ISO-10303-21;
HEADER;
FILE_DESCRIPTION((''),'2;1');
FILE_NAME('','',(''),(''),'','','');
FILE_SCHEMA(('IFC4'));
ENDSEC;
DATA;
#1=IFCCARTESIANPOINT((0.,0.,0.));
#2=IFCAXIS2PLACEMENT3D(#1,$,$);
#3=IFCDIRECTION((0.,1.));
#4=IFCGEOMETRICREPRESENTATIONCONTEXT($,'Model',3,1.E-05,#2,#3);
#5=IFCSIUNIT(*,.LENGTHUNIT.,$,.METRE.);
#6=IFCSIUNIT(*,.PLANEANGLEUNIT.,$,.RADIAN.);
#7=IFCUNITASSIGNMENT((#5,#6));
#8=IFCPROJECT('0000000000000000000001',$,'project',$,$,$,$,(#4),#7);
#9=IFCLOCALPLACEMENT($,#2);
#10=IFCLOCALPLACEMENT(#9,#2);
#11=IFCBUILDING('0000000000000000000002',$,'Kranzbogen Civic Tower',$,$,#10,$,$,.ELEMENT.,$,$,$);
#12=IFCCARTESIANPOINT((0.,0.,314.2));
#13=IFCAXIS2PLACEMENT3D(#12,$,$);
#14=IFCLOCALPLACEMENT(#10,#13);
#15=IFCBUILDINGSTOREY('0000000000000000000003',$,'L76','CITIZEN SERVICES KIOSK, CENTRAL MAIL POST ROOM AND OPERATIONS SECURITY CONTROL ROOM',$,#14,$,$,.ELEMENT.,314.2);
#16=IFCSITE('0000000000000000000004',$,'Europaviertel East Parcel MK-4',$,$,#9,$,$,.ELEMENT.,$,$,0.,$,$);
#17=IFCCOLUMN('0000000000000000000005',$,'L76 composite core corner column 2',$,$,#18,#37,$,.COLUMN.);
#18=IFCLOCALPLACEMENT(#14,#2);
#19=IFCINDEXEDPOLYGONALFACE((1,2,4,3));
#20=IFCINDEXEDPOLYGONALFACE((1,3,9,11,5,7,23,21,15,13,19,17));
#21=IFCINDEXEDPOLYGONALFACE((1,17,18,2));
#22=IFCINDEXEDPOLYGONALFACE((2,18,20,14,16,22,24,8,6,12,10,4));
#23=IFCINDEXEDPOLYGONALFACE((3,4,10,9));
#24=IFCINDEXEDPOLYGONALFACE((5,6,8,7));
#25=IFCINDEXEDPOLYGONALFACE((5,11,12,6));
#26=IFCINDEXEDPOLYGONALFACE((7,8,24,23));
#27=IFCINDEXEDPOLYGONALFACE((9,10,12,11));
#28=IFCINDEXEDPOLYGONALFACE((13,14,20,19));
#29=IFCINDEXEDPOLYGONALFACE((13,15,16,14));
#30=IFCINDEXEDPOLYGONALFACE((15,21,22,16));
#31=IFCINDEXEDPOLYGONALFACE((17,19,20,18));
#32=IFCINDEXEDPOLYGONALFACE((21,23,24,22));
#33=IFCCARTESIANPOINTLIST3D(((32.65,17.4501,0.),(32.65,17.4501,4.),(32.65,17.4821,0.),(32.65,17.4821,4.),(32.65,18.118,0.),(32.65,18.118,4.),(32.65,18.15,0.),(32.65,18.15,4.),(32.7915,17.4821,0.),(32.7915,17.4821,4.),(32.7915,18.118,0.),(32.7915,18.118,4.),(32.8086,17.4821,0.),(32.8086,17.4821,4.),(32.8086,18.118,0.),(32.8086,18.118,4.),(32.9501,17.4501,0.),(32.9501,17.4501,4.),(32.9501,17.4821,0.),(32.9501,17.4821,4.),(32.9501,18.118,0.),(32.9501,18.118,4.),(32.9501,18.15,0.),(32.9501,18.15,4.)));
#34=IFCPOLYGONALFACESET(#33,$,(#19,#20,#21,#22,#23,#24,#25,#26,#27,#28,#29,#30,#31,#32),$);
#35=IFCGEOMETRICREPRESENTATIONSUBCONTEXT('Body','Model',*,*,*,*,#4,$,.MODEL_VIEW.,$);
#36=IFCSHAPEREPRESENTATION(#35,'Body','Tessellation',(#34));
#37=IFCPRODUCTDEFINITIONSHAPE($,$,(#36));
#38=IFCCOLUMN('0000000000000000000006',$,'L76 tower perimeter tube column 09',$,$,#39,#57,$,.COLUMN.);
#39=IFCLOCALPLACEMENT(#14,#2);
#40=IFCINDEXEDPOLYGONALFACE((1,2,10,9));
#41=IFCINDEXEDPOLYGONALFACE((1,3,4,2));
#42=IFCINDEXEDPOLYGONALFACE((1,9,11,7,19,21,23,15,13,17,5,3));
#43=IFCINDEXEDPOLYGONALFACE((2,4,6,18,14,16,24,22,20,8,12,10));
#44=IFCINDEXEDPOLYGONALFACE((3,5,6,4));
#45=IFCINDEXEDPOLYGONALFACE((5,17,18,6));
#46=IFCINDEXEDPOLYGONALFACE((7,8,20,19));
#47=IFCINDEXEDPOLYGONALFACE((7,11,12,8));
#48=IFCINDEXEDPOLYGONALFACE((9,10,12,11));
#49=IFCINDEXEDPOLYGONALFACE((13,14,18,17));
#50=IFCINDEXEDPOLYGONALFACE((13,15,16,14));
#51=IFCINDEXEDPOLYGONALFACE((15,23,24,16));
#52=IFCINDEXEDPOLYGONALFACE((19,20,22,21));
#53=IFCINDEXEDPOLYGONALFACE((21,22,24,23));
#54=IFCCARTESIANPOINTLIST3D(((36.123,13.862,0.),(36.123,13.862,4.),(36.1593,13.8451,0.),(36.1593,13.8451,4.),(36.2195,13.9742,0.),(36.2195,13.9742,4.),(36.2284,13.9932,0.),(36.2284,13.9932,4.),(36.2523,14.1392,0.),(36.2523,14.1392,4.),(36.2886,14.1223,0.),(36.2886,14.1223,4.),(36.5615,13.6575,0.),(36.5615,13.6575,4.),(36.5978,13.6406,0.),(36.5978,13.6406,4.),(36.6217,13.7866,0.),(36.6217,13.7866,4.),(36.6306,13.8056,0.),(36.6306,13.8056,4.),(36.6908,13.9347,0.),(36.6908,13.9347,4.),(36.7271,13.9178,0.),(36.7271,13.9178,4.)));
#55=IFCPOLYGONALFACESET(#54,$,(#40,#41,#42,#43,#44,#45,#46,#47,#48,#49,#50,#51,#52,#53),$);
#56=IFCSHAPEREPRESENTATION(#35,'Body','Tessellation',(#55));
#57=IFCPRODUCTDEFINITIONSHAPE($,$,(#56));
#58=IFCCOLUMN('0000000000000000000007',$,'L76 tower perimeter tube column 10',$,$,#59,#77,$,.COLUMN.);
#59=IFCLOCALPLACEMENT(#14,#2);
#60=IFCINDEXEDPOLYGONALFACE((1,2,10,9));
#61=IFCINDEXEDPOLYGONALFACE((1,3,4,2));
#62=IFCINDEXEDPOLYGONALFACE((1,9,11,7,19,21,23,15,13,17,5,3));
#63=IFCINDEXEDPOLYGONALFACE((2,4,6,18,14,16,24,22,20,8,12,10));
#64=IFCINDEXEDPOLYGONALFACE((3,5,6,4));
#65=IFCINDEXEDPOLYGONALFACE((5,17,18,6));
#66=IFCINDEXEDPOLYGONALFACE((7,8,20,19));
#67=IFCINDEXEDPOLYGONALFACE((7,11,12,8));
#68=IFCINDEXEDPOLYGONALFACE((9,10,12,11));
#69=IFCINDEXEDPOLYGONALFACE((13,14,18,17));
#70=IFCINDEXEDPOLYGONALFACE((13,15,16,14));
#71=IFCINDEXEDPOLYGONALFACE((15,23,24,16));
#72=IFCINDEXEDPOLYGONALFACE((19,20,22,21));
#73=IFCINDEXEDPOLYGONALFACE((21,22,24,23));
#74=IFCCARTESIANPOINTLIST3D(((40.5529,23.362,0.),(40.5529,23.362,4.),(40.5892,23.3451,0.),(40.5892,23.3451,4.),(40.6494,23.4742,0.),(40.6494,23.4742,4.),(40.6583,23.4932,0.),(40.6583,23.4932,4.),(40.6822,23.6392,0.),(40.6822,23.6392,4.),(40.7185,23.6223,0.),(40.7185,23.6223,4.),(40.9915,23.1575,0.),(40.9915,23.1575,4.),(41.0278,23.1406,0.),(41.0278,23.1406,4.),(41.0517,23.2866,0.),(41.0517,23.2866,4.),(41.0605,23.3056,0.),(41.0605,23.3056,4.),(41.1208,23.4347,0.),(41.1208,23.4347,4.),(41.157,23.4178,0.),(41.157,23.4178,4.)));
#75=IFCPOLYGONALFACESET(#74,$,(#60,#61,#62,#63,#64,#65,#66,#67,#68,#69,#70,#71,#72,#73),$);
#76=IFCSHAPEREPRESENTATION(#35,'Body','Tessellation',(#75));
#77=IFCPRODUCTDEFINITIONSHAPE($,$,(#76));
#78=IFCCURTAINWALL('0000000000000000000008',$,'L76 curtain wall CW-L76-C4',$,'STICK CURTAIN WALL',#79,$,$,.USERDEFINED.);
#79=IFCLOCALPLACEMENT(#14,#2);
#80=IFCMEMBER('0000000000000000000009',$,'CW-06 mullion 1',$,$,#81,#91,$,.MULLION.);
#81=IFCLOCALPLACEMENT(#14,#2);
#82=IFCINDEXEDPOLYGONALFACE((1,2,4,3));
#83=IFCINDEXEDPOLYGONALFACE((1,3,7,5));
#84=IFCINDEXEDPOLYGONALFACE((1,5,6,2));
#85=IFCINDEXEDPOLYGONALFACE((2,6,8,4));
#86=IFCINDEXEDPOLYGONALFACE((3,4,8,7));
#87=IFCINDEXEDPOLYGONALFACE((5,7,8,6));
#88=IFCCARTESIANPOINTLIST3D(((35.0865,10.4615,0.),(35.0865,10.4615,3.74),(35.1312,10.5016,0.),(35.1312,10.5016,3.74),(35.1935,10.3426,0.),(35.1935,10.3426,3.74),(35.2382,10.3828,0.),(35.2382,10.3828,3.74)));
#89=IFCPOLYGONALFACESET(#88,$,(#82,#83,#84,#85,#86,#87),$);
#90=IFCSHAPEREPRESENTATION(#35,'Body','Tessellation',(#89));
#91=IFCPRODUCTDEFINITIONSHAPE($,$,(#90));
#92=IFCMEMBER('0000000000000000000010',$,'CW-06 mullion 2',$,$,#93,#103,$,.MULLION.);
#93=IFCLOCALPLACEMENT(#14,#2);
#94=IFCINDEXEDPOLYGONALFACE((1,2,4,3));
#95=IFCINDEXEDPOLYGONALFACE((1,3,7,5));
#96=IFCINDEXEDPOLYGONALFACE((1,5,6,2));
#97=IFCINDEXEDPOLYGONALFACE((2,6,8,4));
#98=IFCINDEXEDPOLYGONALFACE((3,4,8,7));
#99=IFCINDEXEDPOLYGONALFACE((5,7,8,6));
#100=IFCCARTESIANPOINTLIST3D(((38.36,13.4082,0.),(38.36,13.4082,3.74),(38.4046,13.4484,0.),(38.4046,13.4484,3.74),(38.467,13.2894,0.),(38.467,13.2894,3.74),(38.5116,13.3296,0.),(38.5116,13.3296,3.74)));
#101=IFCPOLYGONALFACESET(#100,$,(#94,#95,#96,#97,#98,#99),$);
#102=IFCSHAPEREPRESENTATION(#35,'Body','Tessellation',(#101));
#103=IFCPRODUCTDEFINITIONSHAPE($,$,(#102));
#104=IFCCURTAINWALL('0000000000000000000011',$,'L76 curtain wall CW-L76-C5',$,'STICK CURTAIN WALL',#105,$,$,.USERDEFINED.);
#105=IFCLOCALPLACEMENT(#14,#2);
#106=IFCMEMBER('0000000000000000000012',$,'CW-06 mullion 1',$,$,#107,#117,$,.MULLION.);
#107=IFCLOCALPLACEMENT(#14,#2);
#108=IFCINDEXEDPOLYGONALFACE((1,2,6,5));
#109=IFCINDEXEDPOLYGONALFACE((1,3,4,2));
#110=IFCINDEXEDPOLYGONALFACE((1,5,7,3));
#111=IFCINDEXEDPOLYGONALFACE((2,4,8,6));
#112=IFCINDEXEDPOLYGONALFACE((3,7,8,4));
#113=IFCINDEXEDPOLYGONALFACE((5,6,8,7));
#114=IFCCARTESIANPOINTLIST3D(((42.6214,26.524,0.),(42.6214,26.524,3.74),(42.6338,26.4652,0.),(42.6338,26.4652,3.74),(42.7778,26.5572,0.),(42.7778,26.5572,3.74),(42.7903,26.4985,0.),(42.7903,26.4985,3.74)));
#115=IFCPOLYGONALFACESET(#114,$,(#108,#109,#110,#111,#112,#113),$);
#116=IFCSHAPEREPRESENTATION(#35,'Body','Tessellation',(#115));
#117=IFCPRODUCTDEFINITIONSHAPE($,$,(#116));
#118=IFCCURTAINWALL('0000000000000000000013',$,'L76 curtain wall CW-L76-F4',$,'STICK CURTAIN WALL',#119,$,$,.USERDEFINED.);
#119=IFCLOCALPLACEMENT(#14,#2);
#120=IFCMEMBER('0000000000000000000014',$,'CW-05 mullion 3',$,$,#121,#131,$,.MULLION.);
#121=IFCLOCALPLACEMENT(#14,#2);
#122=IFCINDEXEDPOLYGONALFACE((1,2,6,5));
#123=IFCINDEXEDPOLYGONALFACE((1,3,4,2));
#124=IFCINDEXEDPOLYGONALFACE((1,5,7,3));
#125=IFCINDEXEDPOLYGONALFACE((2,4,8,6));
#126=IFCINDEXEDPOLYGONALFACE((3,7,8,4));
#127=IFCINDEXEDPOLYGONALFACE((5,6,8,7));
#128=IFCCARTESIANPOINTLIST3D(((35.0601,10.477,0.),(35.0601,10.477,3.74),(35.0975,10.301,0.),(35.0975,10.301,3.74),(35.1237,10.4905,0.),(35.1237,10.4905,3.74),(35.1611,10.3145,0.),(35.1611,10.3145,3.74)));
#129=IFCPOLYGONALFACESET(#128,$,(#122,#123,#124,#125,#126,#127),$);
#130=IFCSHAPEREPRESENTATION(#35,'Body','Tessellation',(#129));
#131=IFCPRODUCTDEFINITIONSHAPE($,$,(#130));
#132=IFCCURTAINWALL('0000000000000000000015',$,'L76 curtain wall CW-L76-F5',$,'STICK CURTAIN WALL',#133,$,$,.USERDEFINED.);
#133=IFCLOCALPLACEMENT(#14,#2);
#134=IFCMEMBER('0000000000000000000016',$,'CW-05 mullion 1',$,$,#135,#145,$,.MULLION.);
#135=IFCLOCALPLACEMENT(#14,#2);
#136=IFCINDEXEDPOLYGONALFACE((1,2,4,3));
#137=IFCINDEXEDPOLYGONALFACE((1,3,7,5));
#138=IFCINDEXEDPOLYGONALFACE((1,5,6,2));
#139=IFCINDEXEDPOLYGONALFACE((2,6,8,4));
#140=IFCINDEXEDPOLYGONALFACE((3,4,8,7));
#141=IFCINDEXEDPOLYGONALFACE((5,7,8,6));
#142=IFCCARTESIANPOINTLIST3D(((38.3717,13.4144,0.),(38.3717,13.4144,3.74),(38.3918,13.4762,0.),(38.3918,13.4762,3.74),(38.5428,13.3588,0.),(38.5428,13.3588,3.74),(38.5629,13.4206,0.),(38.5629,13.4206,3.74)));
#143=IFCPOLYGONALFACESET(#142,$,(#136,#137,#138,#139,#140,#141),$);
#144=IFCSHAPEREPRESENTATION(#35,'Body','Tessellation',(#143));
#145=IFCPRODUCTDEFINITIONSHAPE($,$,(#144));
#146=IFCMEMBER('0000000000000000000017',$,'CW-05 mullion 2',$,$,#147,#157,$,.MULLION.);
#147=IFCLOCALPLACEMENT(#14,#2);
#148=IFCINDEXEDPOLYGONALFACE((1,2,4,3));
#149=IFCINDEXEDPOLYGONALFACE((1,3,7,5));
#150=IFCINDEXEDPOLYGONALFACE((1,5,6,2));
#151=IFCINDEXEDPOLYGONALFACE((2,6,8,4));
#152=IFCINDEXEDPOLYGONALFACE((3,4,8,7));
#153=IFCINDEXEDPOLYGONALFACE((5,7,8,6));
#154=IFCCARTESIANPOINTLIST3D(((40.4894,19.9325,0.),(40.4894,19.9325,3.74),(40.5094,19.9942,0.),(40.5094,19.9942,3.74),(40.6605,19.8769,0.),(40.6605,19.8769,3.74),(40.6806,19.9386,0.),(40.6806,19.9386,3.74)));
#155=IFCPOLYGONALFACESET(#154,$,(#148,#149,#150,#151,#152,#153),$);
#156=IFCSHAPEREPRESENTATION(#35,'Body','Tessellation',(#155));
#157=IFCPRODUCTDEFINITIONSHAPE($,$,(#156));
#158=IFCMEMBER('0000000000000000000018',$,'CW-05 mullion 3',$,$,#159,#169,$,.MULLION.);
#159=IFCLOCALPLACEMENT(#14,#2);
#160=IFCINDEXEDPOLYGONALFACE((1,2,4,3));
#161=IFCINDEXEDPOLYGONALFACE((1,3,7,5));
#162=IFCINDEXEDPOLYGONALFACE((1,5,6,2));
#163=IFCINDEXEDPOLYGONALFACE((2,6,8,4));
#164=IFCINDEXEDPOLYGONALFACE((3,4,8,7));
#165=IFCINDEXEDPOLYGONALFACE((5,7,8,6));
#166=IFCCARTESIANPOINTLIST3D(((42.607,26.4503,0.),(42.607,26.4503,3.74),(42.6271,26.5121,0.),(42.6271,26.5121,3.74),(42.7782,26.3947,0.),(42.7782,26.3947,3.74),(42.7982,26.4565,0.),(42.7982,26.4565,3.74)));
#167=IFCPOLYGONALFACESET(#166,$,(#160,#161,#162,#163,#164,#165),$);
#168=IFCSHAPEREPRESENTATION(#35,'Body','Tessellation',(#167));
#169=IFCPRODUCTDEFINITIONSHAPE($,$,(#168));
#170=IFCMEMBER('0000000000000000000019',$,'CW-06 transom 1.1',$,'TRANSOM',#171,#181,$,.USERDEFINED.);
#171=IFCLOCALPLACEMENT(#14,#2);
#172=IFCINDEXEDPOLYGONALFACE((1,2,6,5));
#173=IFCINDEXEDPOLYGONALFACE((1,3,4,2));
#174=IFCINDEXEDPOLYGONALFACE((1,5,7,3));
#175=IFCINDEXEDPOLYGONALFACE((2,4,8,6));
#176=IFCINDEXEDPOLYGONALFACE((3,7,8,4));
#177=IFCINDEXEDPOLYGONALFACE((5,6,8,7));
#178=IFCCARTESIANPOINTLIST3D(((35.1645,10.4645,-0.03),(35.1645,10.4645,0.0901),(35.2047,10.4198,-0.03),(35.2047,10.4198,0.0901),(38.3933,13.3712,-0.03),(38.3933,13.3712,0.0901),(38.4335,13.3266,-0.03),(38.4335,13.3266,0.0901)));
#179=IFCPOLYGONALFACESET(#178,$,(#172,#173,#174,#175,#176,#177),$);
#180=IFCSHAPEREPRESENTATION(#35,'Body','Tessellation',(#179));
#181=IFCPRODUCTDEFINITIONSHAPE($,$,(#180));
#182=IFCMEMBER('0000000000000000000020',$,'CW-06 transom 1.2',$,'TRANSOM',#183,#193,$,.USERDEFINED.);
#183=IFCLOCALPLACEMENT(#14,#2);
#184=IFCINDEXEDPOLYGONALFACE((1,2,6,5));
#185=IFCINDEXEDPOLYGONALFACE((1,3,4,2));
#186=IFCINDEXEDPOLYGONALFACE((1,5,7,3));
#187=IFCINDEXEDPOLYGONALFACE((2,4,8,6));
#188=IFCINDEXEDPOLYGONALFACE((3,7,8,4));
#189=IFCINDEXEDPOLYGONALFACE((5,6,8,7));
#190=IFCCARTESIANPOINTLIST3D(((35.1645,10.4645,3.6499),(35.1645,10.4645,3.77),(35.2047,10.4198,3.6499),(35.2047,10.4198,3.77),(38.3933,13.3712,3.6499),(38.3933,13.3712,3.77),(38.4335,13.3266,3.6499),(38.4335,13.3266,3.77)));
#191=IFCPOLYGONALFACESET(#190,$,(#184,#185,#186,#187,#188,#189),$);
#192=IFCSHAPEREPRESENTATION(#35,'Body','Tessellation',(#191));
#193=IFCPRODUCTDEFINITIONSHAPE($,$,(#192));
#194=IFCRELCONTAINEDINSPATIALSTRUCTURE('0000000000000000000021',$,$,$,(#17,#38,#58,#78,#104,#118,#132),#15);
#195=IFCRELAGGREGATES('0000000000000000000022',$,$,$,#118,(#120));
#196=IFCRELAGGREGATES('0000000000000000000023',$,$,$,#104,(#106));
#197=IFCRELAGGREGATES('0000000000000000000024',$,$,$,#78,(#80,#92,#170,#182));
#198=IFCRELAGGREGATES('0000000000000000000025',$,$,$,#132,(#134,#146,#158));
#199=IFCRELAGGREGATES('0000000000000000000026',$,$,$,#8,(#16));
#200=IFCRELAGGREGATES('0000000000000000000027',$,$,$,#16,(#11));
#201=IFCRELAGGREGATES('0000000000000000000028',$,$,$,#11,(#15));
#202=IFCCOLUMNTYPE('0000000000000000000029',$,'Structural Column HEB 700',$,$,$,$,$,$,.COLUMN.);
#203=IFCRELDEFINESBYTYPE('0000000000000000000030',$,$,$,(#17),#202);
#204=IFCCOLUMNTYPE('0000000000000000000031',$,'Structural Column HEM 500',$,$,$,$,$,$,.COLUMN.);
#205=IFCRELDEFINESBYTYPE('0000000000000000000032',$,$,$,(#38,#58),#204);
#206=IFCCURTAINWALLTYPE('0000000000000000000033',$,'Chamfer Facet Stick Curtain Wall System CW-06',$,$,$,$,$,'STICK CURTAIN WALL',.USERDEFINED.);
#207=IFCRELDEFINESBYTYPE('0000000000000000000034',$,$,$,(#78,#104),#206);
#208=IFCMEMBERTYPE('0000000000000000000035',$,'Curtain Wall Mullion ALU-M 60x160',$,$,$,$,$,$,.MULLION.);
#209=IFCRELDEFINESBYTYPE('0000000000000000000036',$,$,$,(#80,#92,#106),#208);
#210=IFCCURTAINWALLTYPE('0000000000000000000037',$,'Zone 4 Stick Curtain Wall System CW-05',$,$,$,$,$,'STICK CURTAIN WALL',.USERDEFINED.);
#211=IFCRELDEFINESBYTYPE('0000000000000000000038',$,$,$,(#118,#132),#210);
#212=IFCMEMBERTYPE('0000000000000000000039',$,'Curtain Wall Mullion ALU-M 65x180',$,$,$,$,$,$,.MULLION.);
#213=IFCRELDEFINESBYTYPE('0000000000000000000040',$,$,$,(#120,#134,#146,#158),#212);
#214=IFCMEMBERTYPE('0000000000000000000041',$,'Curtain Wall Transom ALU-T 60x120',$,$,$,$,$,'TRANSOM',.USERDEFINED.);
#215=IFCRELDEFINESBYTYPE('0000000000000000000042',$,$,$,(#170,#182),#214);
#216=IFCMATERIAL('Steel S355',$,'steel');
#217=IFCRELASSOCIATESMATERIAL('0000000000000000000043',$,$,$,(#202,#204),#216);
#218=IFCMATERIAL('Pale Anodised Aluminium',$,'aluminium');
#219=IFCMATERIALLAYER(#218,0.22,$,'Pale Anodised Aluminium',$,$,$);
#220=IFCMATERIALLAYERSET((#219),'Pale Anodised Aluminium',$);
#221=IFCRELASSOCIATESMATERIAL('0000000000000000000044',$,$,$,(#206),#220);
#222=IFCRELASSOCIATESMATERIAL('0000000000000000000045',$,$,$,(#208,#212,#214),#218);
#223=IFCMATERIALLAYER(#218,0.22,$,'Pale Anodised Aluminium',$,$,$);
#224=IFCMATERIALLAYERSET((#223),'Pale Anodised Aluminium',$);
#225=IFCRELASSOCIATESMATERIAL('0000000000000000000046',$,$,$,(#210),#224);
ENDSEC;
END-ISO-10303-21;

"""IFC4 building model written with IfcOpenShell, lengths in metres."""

from ifc_helpers import new_model, si_unit, direction, frame, origin, origin_2d, place, context, subcontext, project, spatial, rectangle, i_section, extrude, material, layer, layer_set, material_profile, profile_set, type_object, element, aggregate, save


model = new_model("IFC4")

# Units and contexts
model_context = context("Model", 3, precision=1e-05, world=origin(), true_north=direction((0.0, 1.0)))
body_context = subcontext(model_context, "Body", "Model", "MODEL_VIEW")
ifc_project = project(units=[si_unit("LENGTHUNIT", "METRE"), si_unit("PLANEANGLEUNIT", "RADIAN")], contexts=[model_context])

# Site, building, storey
site_placement = place(None, origin())
site = spatial("IfcSite", under=ifc_project, at=site_placement, Name="Europaviertel East Parcel MK-4", CompositionType="ELEMENT", RefElevation=0.0)
building_placement = place(site_placement, origin())
building = spatial("IfcBuilding", under=site, at=building_placement, Name="Kranzbogen Civic Tower", CompositionType="ELEMENT")
storey_placement = place(building_placement, frame((0.0, 0.0, 314.2)))
storey = spatial("IfcBuildingStorey", under=building, at=storey_placement, Name="L76", Description="CITIZEN SERVICES KIOSK, CENTRAL MAIL POST ROOM AND OPERATIONS SECURITY CONTROL ROOM", CompositionType="ELEMENT", Elevation=314.2)

# Columns
ifc_material_1 = material(Name="Steel S355", Category="steel")
ifc_material_profile_1 = material_profile(ifc_material_1, i_section(OverallWidth=0.3, OverallDepth=0.7, WebThickness=0.0171, FlangeThickness=0.032, at=origin_2d()), Name="HEB 700")
ifc_profile_set_1 = profile_set([ifc_material_profile_1], Name="Steel S355")
column_type_1 = type_object("IfcColumnType", Name="Structural Column HEB 700", PredefinedType="COLUMN", material=ifc_profile_set_1)
column_placement = place(storey_placement, frame((32.8, 17.8, 0.0), z_axis=(0.0, 0.0, 1.0), x_axis=(1.0, 0.0, 0.0)))
element("IfcColumn", 1, at=column_placement, inside=storey, type_object=column_type_1, Name="L76 composite core corner column 2", PredefinedType="COLUMN", context=body_context, shape_type="SweptSolid", body=[
    extrude(i_section(OverallWidth=0.3, OverallDepth=0.7, WebThickness=0.0171, FlangeThickness=0.032, at=origin_2d()), origin(), (0.0, 0.0, 1.0), 4.0),
])
ifc_material_profile_2 = material_profile(ifc_material_1, i_section(OverallWidth=0.3059, OverallDepth=0.5239, WebThickness=0.021, FlangeThickness=0.04, at=origin_2d()), Name="HEM 500")
ifc_profile_set_2 = profile_set([ifc_material_profile_2], Name="Steel S355")
column_type_2 = type_object("IfcColumnType", Name="Structural Column HEM 500", PredefinedType="COLUMN", material=ifc_profile_set_2)
for number, where, z_axis, x_axis, name in (
    (2, (36.425, 13.8899, 0.0), (0.0, 0.0, 1.0), (0.422618, 0.906308, 0.0), "L76 tower perimeter tube column 09"),
    (3, (40.855, 23.3899, 0.0), (0.0, 0.0, 1.0), (0.422618, 0.906308, 0.0), "L76 tower perimeter tube column 10"),
):
    element("IfcColumn", number, at=place(storey_placement, frame(where, z_axis=z_axis, x_axis=x_axis)), inside=storey, type_object=column_type_2, Name=name, PredefinedType="COLUMN", context=body_context, shape_type="SweptSolid", body=[
        extrude(i_section(OverallWidth=0.3059, OverallDepth=0.5239, WebThickness=0.021, FlangeThickness=0.04, at=origin_2d()), origin(), (0.0, 0.0, 1.0), 4.0),
    ])

# Curtain wall, members
ifc_material_2 = material(Name="Pale Anodised Aluminium", Category="aluminium")
ifc_layer_1 = layer(ifc_material_2, 0.22, Name="Pale Anodised Aluminium")
ifc_layer_set_1 = layer_set([ifc_layer_1], Name="Pale Anodised Aluminium")
curtain_wall_type_1 = type_object("IfcCurtainWallType", Name="Chamfer Facet Stick Curtain Wall System CW-06", ElementType="STICK CURTAIN WALL", PredefinedType="USERDEFINED", material=ifc_layer_set_1)
curtain_wall_1_placement = place(storey_placement, origin())
curtain_wall_1 = element("IfcCurtainWall", 4, at=curtain_wall_1_placement, inside=storey, type_object=curtain_wall_type_1, Name="L76 curtain wall CW-L76-C4", ObjectType="STICK CURTAIN WALL", PredefinedType="USERDEFINED")
ifc_material_profile_3 = material_profile(ifc_material_2, rectangle(XDim=0.0601, YDim=0.1599, at=origin_2d()), Name="ALU-M 60x160")
ifc_profile_set_3 = profile_set([ifc_material_profile_3], Name="Pale Anodised Aluminium")
member_type_1 = type_object("IfcMemberType", Name="Curtain Wall Mullion ALU-M 60x160", PredefinedType="MULLION", material=ifc_profile_set_3)
member_1_placement = place(storey_placement, frame((35.1624, 10.4221, 0.0), z_axis=(0.0, 0.0, 1.0), x_axis=(0.743205, 0.669064, 0.0)))
member_1 = element("IfcMember", 5, at=member_1_placement, type_object=member_type_1, Name="CW-06 mullion 1", PredefinedType="MULLION", context=body_context, shape_type="SweptSolid", body=[
    extrude(rectangle(XDim=0.0601, YDim=0.1599, at=origin_2d()), origin(), (0.0, 0.0, 1.0), 3.74),
])
member_2_placement = place(storey_placement, frame((38.4358, 13.3689, 0.0), z_axis=(0.0, 0.0, 1.0), x_axis=(0.743205, 0.669064, 0.0)))
member_2 = element("IfcMember", 6, at=member_2_placement, type_object=member_type_1, Name="CW-06 mullion 2", PredefinedType="MULLION", context=body_context, shape_type="SweptSolid", body=[
    extrude(rectangle(XDim=0.0601, YDim=0.1599, at=origin_2d()), origin(), (0.0, 0.0, 1.0), 3.74),
])

# Curtain walls, members
curtain_wall_2_placement = place(storey_placement, origin())
curtain_wall_2 = element("IfcCurtainWall", 7, at=curtain_wall_2_placement, inside=storey, type_object=curtain_wall_type_1, Name="L76 curtain wall CW-L76-C5", ObjectType="STICK CURTAIN WALL", PredefinedType="USERDEFINED")
member_3_placement = place(storey_placement, frame((42.7058, 26.5112, 0.0), z_axis=(0.0, 0.0, 1.0), x_axis=(-0.207816, 0.978168, 0.0)))
member_3 = element("IfcMember", 8, at=member_3_placement, type_object=member_type_1, Name="CW-06 mullion 1", PredefinedType="MULLION", context=body_context, shape_type="SweptSolid", body=[
    extrude(rectangle(XDim=0.0601, YDim=0.1599, at=origin_2d()), origin(), (0.0, 0.0, 1.0), 3.74),
])
ifc_layer_2 = layer(ifc_material_2, 0.22, Name="Pale Anodised Aluminium")
ifc_layer_set_2 = layer_set([ifc_layer_2], Name="Pale Anodised Aluminium")
curtain_wall_type_2 = type_object("IfcCurtainWallType", Name="Zone 4 Stick Curtain Wall System CW-05", ElementType="STICK CURTAIN WALL", PredefinedType="USERDEFINED", material=ifc_layer_set_2)
curtain_wall_3_placement = place(storey_placement, origin())
curtain_wall_3 = element("IfcCurtainWall", 9, at=curtain_wall_3_placement, inside=storey, type_object=curtain_wall_type_2, Name="L76 curtain wall CW-L76-F4", ObjectType="STICK CURTAIN WALL", PredefinedType="USERDEFINED")
ifc_material_profile_4 = material_profile(ifc_material_2, rectangle(XDim=0.0649, YDim=0.1799, at=origin_2d()), Name="ALU-M 65x180")
ifc_profile_set_4 = profile_set([ifc_material_profile_4], Name="Pale Anodised Aluminium")
member_type_2 = type_object("IfcMemberType", Name="Curtain Wall Mullion ALU-M 65x180", PredefinedType="MULLION", material=ifc_profile_set_4)
member_4_placement = place(storey_placement, frame((35.1106, 10.3958, 0.0), z_axis=(0.0, 0.0, 1.0), x_axis=(0.978152, 0.207892, 0.0)))
member_4 = element("IfcMember", 10, at=member_4_placement, type_object=member_type_2, Name="CW-05 mullion 3", PredefinedType="MULLION", context=body_context, shape_type="SweptSolid", body=[
    extrude(rectangle(XDim=0.0649, YDim=0.1799, at=origin_2d()), origin(), (0.0, 0.0, 1.0), 3.74),
])
aggregate(curtain_wall_3, [member_4])

# Curtain wall, members
curtain_wall_4_placement = place(storey_placement, origin())
curtain_wall_4 = element("IfcCurtainWall", 11, at=curtain_wall_4_placement, inside=storey, type_object=curtain_wall_type_2, Name="L76 curtain wall CW-L76-F5", ObjectType="STICK CURTAIN WALL", PredefinedType="USERDEFINED")
member_5_placement = place(storey_placement, frame((38.4673, 13.4175, 0.0), z_axis=(0.0, 0.0, 1.0), x_axis=(0.309006, 0.95106, 0.0)))
member_5 = element("IfcMember", 12, at=member_5_placement, type_object=member_type_2, Name="CW-05 mullion 1", PredefinedType="MULLION", context=body_context, shape_type="SweptSolid", body=[
    extrude(rectangle(XDim=0.0649, YDim=0.1799, at=origin_2d()), origin(), (0.0, 0.0, 1.0), 3.74),
])
member_6_placement = place(storey_placement, frame((40.585, 19.9355, 0.0), z_axis=(0.0, 0.0, 1.0), x_axis=(0.309006, 0.95106, 0.0)))
member_6 = element("IfcMember", 13, at=member_6_placement, type_object=member_type_2, Name="CW-05 mullion 2", PredefinedType="MULLION", context=body_context, shape_type="SweptSolid", body=[
    extrude(rectangle(XDim=0.0649, YDim=0.1799, at=origin_2d()), origin(), (0.0, 0.0, 1.0), 3.74),
])
member_7_placement = place(storey_placement, frame((42.7026, 26.4534, 0.0), z_axis=(0.0, 0.0, 1.0), x_axis=(0.309006, 0.95106, 0.0)))
member_7 = element("IfcMember", 14, at=member_7_placement, type_object=member_type_2, Name="CW-05 mullion 3", PredefinedType="MULLION", context=body_context, shape_type="SweptSolid", body=[
    extrude(rectangle(XDim=0.0649, YDim=0.1799, at=origin_2d()), origin(), (0.0, 0.0, 1.0), 3.74),
])

# Members
ifc_material_profile_5 = material_profile(ifc_material_2, rectangle(XDim=0.0601, YDim=0.1201, at=origin_2d()), Name="ALU-T 60x120")
ifc_profile_set_5 = profile_set([ifc_material_profile_5], Name="Pale Anodised Aluminium")
member_type_3 = type_object("IfcMemberType", Name="Curtain Wall Transom ALU-T 60x120", ElementType="TRANSOM", PredefinedType="USERDEFINED", material=ifc_profile_set_5)
member_8_placement = place(storey_placement, frame((35.1846, 10.4421, 0.03), z_axis=(0.743196, 0.669073, 0.0), x_axis=(-0.669073, 0.743196, 0.0)))
member_8 = element("IfcMember", 15, at=member_8_placement, type_object=member_type_3, Name="CW-06 transom 1.1", ObjectType="TRANSOM", PredefinedType="USERDEFINED", context=body_context, shape_type="SweptSolid", body=[
    extrude(rectangle(XDim=0.0601, YDim=0.1201, at=origin_2d()), origin(), (0.0, 0.0, 1.0), 4.3445),
])
member_9_placement = place(storey_placement, frame((35.1846, 10.4421, 3.71), z_axis=(0.743196, 0.669073, 0.0), x_axis=(-0.669073, 0.743196, 0.0)))
member_9 = element("IfcMember", 16, at=member_9_placement, type_object=member_type_3, Name="CW-06 transom 1.2", ObjectType="TRANSOM", PredefinedType="USERDEFINED", context=body_context, shape_type="SweptSolid", body=[
    extrude(rectangle(XDim=0.0601, YDim=0.1201, at=origin_2d()), origin(), (0.0, 0.0, 1.0), 4.3445),
])
aggregate(curtain_wall_2, [member_3])

aggregate(curtain_wall_1, [member_1, member_2, member_8, member_9])
aggregate(curtain_wall_4, [member_5, member_6, member_7])

save(model, "model.ifc")
